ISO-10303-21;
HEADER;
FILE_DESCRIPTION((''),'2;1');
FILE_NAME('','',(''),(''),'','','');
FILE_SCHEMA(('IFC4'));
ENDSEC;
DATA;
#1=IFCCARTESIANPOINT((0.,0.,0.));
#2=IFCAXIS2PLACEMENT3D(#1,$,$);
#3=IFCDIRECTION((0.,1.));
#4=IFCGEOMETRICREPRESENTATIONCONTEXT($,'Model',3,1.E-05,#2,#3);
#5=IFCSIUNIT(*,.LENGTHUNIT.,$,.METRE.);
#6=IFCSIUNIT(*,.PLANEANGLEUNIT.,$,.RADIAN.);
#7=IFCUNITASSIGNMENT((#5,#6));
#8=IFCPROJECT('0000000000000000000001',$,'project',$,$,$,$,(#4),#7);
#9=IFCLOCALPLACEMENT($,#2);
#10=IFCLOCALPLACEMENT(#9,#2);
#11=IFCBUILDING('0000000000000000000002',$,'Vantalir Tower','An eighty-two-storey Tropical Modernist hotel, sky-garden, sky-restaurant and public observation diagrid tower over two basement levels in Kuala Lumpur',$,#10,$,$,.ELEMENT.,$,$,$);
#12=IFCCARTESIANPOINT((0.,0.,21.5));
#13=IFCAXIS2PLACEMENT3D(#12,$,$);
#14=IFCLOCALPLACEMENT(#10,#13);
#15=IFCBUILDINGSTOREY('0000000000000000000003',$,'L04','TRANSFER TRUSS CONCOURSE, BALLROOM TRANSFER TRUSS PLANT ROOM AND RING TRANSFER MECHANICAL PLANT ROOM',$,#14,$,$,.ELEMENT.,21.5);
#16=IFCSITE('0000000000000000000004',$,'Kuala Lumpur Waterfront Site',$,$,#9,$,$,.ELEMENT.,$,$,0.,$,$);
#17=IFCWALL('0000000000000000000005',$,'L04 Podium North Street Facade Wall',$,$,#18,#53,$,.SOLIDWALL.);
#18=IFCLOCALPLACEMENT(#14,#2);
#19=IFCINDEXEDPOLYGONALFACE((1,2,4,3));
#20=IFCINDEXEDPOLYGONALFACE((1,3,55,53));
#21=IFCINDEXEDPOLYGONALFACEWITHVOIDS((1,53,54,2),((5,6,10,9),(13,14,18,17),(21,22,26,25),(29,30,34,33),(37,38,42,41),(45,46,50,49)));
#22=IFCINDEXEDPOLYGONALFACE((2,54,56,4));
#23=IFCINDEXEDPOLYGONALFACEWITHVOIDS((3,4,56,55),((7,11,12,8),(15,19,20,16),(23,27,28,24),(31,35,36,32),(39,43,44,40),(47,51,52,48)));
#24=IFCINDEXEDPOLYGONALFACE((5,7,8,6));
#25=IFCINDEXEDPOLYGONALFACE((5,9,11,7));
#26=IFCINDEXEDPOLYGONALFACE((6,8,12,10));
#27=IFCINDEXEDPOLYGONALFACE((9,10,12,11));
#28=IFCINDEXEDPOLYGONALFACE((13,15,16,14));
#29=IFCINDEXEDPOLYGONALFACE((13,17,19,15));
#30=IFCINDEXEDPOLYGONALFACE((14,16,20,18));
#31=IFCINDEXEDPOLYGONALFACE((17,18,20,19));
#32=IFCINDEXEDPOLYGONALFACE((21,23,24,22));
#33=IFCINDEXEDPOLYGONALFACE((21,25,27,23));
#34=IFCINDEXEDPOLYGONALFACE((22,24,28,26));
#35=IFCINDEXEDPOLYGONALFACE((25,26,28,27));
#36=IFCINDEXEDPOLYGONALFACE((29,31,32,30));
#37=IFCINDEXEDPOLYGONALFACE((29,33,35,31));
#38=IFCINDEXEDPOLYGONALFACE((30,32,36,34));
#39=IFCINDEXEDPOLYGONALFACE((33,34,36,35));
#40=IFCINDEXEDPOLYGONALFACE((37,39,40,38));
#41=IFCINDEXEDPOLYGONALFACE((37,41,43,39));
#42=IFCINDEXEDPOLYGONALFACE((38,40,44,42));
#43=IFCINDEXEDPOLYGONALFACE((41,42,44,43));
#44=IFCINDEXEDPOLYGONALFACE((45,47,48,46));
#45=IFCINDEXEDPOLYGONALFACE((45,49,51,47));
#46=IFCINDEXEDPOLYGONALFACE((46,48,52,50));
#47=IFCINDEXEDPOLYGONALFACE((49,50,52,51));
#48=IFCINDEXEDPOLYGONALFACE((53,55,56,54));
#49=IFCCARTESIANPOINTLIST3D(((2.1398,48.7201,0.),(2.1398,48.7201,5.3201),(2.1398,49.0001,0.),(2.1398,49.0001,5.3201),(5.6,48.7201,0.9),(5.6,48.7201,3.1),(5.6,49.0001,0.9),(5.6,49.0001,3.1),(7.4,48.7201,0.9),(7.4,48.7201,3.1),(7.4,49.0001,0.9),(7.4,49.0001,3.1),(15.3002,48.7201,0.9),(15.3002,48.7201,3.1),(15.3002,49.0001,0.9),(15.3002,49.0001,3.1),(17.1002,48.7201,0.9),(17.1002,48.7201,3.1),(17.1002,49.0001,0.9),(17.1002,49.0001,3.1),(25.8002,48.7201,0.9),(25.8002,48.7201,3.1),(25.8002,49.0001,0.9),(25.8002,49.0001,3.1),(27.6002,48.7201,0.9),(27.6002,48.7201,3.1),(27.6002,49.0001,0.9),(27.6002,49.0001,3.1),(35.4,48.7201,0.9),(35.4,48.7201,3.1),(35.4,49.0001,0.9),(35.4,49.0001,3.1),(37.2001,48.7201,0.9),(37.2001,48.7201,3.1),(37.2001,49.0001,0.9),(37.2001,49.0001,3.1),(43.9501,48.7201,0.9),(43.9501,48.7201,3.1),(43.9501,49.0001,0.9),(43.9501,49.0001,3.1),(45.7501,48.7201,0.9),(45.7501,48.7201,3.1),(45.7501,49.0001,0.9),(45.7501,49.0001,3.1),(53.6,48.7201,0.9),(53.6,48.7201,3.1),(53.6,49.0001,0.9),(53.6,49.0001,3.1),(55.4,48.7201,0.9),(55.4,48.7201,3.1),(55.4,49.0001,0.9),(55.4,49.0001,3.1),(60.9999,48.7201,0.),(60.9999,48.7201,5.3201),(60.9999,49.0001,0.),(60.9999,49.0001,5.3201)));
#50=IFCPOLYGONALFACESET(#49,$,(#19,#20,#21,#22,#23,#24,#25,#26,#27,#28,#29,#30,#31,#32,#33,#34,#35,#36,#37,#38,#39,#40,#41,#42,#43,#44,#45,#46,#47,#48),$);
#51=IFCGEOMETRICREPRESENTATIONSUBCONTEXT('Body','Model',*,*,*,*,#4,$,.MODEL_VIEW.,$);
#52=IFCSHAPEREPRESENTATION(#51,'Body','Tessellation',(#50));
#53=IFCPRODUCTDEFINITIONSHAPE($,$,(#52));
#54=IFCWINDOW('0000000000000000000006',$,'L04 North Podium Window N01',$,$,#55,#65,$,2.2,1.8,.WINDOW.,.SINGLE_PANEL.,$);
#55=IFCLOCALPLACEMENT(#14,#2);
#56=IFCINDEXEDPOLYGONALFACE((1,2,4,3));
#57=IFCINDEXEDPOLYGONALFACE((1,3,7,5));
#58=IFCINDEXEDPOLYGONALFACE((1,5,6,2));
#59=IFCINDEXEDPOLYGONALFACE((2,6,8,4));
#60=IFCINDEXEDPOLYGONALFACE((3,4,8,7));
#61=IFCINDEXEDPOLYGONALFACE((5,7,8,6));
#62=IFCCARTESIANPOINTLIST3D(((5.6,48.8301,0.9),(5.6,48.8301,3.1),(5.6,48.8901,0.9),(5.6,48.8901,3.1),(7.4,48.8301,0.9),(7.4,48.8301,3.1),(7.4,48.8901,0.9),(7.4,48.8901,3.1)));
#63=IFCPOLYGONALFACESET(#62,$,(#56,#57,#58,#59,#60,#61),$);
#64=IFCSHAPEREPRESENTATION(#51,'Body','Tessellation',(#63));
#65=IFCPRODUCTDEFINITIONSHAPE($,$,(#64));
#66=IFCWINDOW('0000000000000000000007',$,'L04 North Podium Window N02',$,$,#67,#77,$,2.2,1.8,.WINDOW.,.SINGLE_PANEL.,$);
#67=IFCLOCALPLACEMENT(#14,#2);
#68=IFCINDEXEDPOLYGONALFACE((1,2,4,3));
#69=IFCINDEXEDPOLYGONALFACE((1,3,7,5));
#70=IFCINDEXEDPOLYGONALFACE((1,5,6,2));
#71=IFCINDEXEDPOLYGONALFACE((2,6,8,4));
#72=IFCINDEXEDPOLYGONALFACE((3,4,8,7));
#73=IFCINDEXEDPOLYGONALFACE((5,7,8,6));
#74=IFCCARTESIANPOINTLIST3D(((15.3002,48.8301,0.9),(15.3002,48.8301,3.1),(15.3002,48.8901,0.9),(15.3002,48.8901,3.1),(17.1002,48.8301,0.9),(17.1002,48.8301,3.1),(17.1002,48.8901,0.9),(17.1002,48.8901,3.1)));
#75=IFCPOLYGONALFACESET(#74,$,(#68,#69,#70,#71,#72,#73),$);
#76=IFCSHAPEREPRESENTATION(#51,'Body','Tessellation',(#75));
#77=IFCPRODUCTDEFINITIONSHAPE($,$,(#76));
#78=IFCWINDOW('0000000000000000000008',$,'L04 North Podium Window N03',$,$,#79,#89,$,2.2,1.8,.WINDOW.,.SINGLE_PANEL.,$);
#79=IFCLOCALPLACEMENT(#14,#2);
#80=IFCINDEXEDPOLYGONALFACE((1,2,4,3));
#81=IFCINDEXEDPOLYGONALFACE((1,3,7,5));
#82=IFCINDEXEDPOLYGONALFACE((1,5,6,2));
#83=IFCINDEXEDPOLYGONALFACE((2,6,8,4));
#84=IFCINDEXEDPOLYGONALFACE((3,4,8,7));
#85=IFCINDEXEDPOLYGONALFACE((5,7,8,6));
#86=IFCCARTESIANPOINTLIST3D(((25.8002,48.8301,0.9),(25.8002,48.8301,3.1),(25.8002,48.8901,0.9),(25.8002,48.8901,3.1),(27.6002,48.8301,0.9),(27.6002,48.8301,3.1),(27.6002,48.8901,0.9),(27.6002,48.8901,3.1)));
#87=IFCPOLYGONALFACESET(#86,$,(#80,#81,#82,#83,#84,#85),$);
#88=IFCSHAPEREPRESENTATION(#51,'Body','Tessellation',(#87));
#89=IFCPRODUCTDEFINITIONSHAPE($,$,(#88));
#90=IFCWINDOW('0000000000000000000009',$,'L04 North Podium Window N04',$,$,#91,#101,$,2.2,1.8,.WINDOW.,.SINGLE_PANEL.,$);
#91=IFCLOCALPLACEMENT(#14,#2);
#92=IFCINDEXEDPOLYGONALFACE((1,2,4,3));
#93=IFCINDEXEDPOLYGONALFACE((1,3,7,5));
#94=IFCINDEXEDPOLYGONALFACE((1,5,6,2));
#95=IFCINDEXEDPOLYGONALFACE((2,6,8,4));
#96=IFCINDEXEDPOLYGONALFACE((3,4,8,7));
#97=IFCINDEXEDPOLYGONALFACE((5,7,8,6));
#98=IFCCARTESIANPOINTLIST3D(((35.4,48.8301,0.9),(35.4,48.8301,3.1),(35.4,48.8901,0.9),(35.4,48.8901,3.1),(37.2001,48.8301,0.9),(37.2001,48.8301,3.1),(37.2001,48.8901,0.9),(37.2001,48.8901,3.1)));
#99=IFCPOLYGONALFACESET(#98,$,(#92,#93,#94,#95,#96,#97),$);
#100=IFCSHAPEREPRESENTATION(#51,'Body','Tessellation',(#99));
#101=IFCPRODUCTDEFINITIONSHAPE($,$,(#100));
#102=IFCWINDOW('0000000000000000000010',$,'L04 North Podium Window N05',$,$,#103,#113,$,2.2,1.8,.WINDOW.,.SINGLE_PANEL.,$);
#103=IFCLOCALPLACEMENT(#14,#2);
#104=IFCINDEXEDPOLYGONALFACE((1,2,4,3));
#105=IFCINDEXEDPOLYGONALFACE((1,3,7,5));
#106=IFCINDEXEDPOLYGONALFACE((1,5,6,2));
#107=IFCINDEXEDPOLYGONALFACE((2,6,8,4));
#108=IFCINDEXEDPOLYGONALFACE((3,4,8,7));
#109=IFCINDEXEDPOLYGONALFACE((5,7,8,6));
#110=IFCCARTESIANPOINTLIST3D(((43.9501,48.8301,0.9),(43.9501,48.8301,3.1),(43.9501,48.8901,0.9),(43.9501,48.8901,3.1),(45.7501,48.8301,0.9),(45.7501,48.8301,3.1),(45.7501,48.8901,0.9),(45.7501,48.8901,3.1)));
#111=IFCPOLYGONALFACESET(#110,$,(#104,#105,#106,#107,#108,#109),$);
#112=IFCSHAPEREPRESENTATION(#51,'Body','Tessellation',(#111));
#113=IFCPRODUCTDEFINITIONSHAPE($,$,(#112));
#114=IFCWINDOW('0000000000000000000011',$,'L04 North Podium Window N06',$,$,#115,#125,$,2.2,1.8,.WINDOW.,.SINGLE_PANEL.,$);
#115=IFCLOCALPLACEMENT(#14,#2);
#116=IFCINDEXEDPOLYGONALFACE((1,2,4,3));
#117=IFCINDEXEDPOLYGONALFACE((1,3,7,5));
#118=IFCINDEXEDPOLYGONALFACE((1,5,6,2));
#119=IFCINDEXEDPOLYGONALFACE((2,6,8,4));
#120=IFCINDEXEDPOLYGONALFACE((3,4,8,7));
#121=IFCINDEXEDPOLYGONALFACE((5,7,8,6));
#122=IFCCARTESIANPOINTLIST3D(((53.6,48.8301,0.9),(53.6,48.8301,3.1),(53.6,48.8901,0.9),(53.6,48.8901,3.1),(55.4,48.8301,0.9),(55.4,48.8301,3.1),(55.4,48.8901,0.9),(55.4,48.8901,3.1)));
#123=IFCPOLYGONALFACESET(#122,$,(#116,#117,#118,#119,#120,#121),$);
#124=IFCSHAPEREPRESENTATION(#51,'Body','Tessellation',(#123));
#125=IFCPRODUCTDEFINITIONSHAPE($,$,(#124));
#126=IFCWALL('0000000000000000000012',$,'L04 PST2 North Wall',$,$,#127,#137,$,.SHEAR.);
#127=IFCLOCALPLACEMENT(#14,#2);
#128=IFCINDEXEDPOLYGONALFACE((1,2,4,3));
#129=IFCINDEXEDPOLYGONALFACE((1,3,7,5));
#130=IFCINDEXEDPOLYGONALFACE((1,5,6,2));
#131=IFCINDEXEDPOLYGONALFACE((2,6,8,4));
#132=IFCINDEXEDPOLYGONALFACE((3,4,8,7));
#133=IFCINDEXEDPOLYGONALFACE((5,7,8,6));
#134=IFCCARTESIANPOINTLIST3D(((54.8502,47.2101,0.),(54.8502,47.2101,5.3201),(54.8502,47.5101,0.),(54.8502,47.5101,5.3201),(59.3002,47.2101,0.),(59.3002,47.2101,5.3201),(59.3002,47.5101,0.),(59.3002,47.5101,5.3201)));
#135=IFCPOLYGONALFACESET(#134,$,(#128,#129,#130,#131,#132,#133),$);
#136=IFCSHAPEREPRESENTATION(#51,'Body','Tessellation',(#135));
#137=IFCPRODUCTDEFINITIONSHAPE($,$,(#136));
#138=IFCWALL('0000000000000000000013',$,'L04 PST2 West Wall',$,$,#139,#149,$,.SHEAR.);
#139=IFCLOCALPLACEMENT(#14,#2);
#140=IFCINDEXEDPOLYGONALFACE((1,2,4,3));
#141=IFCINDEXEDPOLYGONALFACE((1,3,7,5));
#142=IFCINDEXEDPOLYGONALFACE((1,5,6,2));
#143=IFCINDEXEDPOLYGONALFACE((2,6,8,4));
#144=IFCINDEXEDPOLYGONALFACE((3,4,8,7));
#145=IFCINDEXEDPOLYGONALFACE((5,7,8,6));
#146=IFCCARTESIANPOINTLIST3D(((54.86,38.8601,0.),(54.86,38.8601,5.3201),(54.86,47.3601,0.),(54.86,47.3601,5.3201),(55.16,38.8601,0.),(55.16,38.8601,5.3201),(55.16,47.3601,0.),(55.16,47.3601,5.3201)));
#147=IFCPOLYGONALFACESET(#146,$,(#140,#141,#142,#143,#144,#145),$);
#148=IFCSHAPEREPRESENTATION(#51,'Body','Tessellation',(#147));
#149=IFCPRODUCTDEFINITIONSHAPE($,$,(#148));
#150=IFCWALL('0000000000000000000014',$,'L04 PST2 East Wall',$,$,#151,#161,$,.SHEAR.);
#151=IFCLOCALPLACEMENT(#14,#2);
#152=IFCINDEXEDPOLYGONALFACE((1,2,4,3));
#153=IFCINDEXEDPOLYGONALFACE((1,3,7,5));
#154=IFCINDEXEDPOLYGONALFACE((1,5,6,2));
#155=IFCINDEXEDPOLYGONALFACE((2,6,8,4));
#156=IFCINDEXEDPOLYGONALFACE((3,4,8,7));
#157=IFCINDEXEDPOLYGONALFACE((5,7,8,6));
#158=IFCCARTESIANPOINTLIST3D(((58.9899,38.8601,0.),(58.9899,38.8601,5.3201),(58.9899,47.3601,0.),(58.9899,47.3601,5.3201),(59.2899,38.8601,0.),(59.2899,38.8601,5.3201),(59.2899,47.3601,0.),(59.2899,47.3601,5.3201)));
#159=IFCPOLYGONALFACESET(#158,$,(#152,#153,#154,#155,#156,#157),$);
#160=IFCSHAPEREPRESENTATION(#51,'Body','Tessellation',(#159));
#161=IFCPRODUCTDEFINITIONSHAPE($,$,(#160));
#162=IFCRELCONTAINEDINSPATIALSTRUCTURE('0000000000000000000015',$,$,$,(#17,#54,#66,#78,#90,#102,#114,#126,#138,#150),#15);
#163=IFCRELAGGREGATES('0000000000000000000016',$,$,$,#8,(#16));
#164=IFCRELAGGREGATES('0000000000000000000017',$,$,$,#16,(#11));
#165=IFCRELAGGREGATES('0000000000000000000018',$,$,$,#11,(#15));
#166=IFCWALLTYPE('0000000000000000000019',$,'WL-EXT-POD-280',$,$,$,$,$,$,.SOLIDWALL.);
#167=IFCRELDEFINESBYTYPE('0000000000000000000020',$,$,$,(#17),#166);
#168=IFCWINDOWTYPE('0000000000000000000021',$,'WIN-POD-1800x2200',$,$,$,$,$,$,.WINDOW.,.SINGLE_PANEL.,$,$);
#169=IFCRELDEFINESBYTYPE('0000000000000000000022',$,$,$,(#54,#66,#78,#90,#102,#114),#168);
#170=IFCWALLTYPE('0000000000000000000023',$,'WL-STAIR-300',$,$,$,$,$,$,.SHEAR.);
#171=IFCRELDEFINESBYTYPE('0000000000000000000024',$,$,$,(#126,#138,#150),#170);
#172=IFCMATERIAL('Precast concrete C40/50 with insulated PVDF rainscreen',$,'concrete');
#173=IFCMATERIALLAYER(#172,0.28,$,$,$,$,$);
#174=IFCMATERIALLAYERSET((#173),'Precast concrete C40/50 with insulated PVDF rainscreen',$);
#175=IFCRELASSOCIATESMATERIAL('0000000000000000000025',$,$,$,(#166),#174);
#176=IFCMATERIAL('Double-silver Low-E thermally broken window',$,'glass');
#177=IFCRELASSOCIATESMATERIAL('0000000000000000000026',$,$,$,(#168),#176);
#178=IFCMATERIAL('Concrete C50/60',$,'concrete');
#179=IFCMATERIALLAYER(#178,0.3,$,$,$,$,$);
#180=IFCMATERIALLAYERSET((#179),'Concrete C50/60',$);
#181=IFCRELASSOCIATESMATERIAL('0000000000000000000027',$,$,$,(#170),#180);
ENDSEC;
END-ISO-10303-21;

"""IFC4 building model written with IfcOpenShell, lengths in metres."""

from ifc_helpers import new_model, si_unit, direction, frame, frame_2d, origin, place, context, subcontext, project, spatial, rectangle, extrude, material, layer, layer_set, type_object, element, fill, save


model = new_model("IFC4")

# Units and contexts
model_context = context("Model", 3, precision=1e-05, world=origin(), true_north=direction((0.0, 1.0)))
body_context = subcontext(model_context, "Body", "Model", "MODEL_VIEW")
ifc_project = project(units=[si_unit("LENGTHUNIT", "METRE"), si_unit("PLANEANGLEUNIT", "RADIAN")], contexts=[model_context])

# Site, building, storey
site_placement = place(None, origin())
site = spatial("IfcSite", under=ifc_project, at=site_placement, Name="Kuala Lumpur Waterfront Site", CompositionType="ELEMENT", RefElevation=0.0)
building_placement = place(site_placement, origin())
building = spatial("IfcBuilding", under=site, at=building_placement, Name="Vantalir Tower", Description="An eighty-two-storey Tropical Modernist hotel, sky-garden, sky-restaurant and public observation diagrid tower over two basement levels in Kuala Lumpur", CompositionType="ELEMENT")
storey_placement = place(building_placement, frame((0.0, 0.0, 21.5)))
storey = spatial("IfcBuildingStorey", under=building, at=storey_placement, Name="L04", Description="TRANSFER TRUSS CONCOURSE, BALLROOM TRANSFER TRUSS PLANT ROOM AND RING TRANSFER MECHANICAL PLANT ROOM", CompositionType="ELEMENT", Elevation=21.5)

# Shared definitions
ifc_material_1 = material(Name="Concrete C50/60", Category="concrete")

# Wall, openings, windows
ifc_material_2 = material(Name="Precast concrete C40/50 with insulated PVDF rainscreen", Category="concrete")
ifc_layer_1 = layer(ifc_material_2, 0.28)
ifc_layer_set_1 = layer_set([ifc_layer_1], Name="Precast concrete C40/50 with insulated PVDF rainscreen")
wall_type_1 = type_object("IfcWallType", Name="WL-EXT-POD-280", PredefinedType="SOLIDWALL", material=ifc_layer_set_1)
wall_1_placement = place(storey_placement, frame((61.0, 48.8601, 0.0), z_axis=(0.0, 0.0, 1.0), x_axis=(-1.0, 0.0, 0.0)))
wall_1 = element("IfcWall", 1, at=wall_1_placement, inside=storey, type_object=wall_type_1, Name="L04 Podium North Street Facade Wall", PredefinedType="SOLIDWALL", context=body_context, shape_type="SweptSolid", body=[
    extrude(rectangle(XDim=58.8601, YDim=0.28, at=frame_2d((29.4302, 0.0))), origin(), (0.0, 0.0, 1.0), 5.3201),
])
opening_1_placement = place(wall_1_placement, frame((53.6001, 0.0, 0.8999)))
opening_1 = element("IfcOpeningElement", 2, at=opening_1_placement, cuts=wall_1, PredefinedType="OPENING", context=body_context, shape_type="SweptSolid", body=[
    extrude(rectangle(XDim=1.8, YDim=2.2, at=frame_2d((0.8999, 1.1001))), frame((0.0, 0.1499, 0.0), z_axis=(0.0, -1.0, 0.0), x_axis=(1.0, 0.0, 0.0)), (0.0, 0.0, 1.0), 0.3),
])
opening_2_placement = place(wall_1_placement, frame((43.8999, 0.0, 0.8999)))
opening_2 = element("IfcOpeningElement", 3, at=opening_2_placement, cuts=wall_1, PredefinedType="OPENING", context=body_context, shape_type="SweptSolid", body=[
    extrude(rectangle(XDim=1.8, YDim=2.2, at=frame_2d((0.8999, 1.1001))), frame((0.0, 0.1499, 0.0), z_axis=(0.0, -1.0, 0.0), x_axis=(1.0, 0.0, 0.0)), (0.0, 0.0, 1.0), 0.3),
])
opening_3_placement = place(wall_1_placement, frame((33.3999, 0.0, 0.8999)))
opening_3 = element("IfcOpeningElement", 4, at=opening_3_placement, cuts=wall_1, PredefinedType="OPENING", context=body_context, shape_type="SweptSolid", body=[
    extrude(rectangle(XDim=1.8, YDim=2.2, at=frame_2d((0.8999, 1.1001))), frame((0.0, 0.1499, 0.0), z_axis=(0.0, -1.0, 0.0), x_axis=(1.0, 0.0, 0.0)), (0.0, 0.0, 1.0), 0.3),
])
opening_4_placement = place(wall_1_placement, frame((23.8, 0.0, 0.8999)))
opening_4 = element("IfcOpeningElement", 5, at=opening_4_placement, cuts=wall_1, PredefinedType="OPENING", context=body_context, shape_type="SweptSolid", body=[
    extrude(rectangle(XDim=1.8, YDim=2.2, at=frame_2d((0.8999, 1.1001))), frame((0.0, 0.1499, 0.0), z_axis=(0.0, -1.0, 0.0), x_axis=(1.0, 0.0, 0.0)), (0.0, 0.0, 1.0), 0.3),
])
opening_5_placement = place(wall_1_placement, frame((15.25, 0.0, 0.8999)))
opening_5 = element("IfcOpeningElement", 6, at=opening_5_placement, cuts=wall_1, PredefinedType="OPENING", context=body_context, shape_type="SweptSolid", body=[
    extrude(rectangle(XDim=1.8, YDim=2.2, at=frame_2d((0.8999, 1.1001))), frame((0.0, 0.1499, 0.0), z_axis=(0.0, -1.0, 0.0), x_axis=(1.0, 0.0, 0.0)), (0.0, 0.0, 1.0), 0.3),
])
opening_6_placement = place(wall_1_placement, frame((5.6001, 0.0, 0.8999)))
opening_6 = element("IfcOpeningElement", 7, at=opening_6_placement, cuts=wall_1, PredefinedType="OPENING", context=body_context, shape_type="SweptSolid", body=[
    extrude(rectangle(XDim=1.8, YDim=2.2, at=frame_2d((0.8999, 1.1001))), frame((0.0, 0.1499, 0.0), z_axis=(0.0, -1.0, 0.0), x_axis=(1.0, 0.0, 0.0)), (0.0, 0.0, 1.0), 0.3),
])
ifc_material_3 = material(Name="Double-silver Low-E thermally broken window", Category="glass")
window_type = type_object("IfcWindowType", Name="WIN-POD-1800x2200", PartitioningType="SINGLE_PANEL", PredefinedType="WINDOW", material=ifc_material_3)
window_1_placement = place(opening_1_placement, origin())
window_1 = element("IfcWindow", 8, at=window_1_placement, inside=storey, type_object=window_type, Name="L04 North Podium Window N01", OverallHeight=2.2, OverallWidth=1.8, PartitioningType="SINGLE_PANEL", PredefinedType="WINDOW", context=body_context, shape_type="SweptSolid", body=[
    extrude(rectangle(XDim=1.8, YDim=2.2, at=frame_2d((0.8999, 1.1001))), frame((0.0, 0.03, 0.0), z_axis=(0.0, -1.0, 0.0), x_axis=(1.0, 0.0, 0.0)), (0.0, 0.0, 1.0), 0.0601),
])
fill(opening_1, window_1)
window_2_placement = place(opening_2_placement, origin())
window_2 = element("IfcWindow", 9, at=window_2_placement, inside=storey, type_object=window_type, Name="L04 North Podium Window N02", OverallHeight=2.2, OverallWidth=1.8, PartitioningType="SINGLE_PANEL", PredefinedType="WINDOW", context=body_context, shape_type="SweptSolid", body=[
    extrude(rectangle(XDim=1.8, YDim=2.2, at=frame_2d((0.8999, 1.1001))), frame((0.0, 0.03, 0.0), z_axis=(0.0, -1.0, 0.0), x_axis=(1.0, 0.0, 0.0)), (0.0, 0.0, 1.0), 0.0601),
])
fill(opening_2, window_2)
window_3_placement = place(opening_3_placement, origin())
window_3 = element("IfcWindow", 10, at=window_3_placement, inside=storey, type_object=window_type, Name="L04 North Podium Window N03", OverallHeight=2.2, OverallWidth=1.8, PartitioningType="SINGLE_PANEL", PredefinedType="WINDOW", context=body_context, shape_type="SweptSolid", body=[
    extrude(rectangle(XDim=1.8, YDim=2.2, at=frame_2d((0.8999, 1.1001))), frame((0.0, 0.03, 0.0), z_axis=(0.0, -1.0, 0.0), x_axis=(1.0, 0.0, 0.0)), (0.0, 0.0, 1.0), 0.0601),
])
fill(opening_3, window_3)
window_4_placement = place(opening_4_placement, origin())
window_4 = element("IfcWindow", 11, at=window_4_placement, inside=storey, type_object=window_type, Name="L04 North Podium Window N04", OverallHeight=2.2, OverallWidth=1.8, PartitioningType="SINGLE_PANEL", PredefinedType="WINDOW", context=body_context, shape_type="SweptSolid", body=[
    extrude(rectangle(XDim=1.8, YDim=2.2, at=frame_2d((0.8999, 1.1001))), frame((0.0, 0.03, 0.0), z_axis=(0.0, -1.0, 0.0), x_axis=(1.0, 0.0, 0.0)), (0.0, 0.0, 1.0), 0.0601),
])
fill(opening_4, window_4)
window_5_placement = place(opening_5_placement, origin())
window_5 = element("IfcWindow", 12, at=window_5_placement, inside=storey, type_object=window_type, Name="L04 North Podium Window N05", OverallHeight=2.2, OverallWidth=1.8, PartitioningType="SINGLE_PANEL", PredefinedType="WINDOW", context=body_context, shape_type="SweptSolid", body=[
    extrude(rectangle(XDim=1.8, YDim=2.2, at=frame_2d((0.8999, 1.1001))), frame((0.0, 0.03, 0.0), z_axis=(0.0, -1.0, 0.0), x_axis=(1.0, 0.0, 0.0)), (0.0, 0.0, 1.0), 0.0601),
])
fill(opening_5, window_5)
window_6_placement = place(opening_6_placement, origin())
window_6 = element("IfcWindow", 13, at=window_6_placement, inside=storey, type_object=window_type, Name="L04 North Podium Window N06", OverallHeight=2.2, OverallWidth=1.8, PartitioningType="SINGLE_PANEL", PredefinedType="WINDOW", context=body_context, shape_type="SweptSolid", body=[
    extrude(rectangle(XDim=1.8, YDim=2.2, at=frame_2d((0.8999, 1.1001))), frame((0.0, 0.03, 0.0), z_axis=(0.0, -1.0, 0.0), x_axis=(1.0, 0.0, 0.0)), (0.0, 0.0, 1.0), 0.0601),
])
fill(opening_6, window_6)

# Walls
ifc_layer_2 = layer(ifc_material_1, 0.3)
ifc_layer_set_2 = layer_set([ifc_layer_2], Name="Concrete C50/60")
wall_type_2 = type_object("IfcWallType", Name="WL-STAIR-300", PredefinedType="SHEAR", material=ifc_layer_set_2)
wall_2_placement = place(storey_placement, frame((54.8501, 47.3601, 0.0), z_axis=(0.0, 0.0, 1.0), x_axis=(1.0, 0.0, 0.0)))
element("IfcWall", 14, at=wall_2_placement, inside=storey, type_object=wall_type_2, Name="L04 PST2 North Wall", PredefinedType="SHEAR", context=body_context, shape_type="SweptSolid", body=[
    extrude(rectangle(XDim=4.45, YDim=0.3, at=frame_2d((2.2251, 0.0))), origin(), (0.0, 0.0, 1.0), 5.3201),
])
for number, where, z_axis, x_axis, name in (
    (15, (55.01, 38.8601, 0.0), (0.0, 0.0, 1.0), (0.0, 1.0, 0.0), "L04 PST2 West Wall"),
    (16, (59.1399, 38.8601, 0.0), (0.0, 0.0, 1.0), (0.0, 1.0, 0.0), "L04 PST2 East Wall"),
):
    element("IfcWall", number, at=place(storey_placement, frame(where, z_axis=z_axis, x_axis=x_axis)), inside=storey, type_object=wall_type_2, Name=name, PredefinedType="SHEAR", context=body_context, shape_type="SweptSolid", body=[
        extrude(rectangle(XDim=8.5, YDim=0.3, at=frame_2d((4.25, 0.0))), origin(), (0.0, 0.0, 1.0), 5.3201),
    ])

save(model, "model.ifc")
